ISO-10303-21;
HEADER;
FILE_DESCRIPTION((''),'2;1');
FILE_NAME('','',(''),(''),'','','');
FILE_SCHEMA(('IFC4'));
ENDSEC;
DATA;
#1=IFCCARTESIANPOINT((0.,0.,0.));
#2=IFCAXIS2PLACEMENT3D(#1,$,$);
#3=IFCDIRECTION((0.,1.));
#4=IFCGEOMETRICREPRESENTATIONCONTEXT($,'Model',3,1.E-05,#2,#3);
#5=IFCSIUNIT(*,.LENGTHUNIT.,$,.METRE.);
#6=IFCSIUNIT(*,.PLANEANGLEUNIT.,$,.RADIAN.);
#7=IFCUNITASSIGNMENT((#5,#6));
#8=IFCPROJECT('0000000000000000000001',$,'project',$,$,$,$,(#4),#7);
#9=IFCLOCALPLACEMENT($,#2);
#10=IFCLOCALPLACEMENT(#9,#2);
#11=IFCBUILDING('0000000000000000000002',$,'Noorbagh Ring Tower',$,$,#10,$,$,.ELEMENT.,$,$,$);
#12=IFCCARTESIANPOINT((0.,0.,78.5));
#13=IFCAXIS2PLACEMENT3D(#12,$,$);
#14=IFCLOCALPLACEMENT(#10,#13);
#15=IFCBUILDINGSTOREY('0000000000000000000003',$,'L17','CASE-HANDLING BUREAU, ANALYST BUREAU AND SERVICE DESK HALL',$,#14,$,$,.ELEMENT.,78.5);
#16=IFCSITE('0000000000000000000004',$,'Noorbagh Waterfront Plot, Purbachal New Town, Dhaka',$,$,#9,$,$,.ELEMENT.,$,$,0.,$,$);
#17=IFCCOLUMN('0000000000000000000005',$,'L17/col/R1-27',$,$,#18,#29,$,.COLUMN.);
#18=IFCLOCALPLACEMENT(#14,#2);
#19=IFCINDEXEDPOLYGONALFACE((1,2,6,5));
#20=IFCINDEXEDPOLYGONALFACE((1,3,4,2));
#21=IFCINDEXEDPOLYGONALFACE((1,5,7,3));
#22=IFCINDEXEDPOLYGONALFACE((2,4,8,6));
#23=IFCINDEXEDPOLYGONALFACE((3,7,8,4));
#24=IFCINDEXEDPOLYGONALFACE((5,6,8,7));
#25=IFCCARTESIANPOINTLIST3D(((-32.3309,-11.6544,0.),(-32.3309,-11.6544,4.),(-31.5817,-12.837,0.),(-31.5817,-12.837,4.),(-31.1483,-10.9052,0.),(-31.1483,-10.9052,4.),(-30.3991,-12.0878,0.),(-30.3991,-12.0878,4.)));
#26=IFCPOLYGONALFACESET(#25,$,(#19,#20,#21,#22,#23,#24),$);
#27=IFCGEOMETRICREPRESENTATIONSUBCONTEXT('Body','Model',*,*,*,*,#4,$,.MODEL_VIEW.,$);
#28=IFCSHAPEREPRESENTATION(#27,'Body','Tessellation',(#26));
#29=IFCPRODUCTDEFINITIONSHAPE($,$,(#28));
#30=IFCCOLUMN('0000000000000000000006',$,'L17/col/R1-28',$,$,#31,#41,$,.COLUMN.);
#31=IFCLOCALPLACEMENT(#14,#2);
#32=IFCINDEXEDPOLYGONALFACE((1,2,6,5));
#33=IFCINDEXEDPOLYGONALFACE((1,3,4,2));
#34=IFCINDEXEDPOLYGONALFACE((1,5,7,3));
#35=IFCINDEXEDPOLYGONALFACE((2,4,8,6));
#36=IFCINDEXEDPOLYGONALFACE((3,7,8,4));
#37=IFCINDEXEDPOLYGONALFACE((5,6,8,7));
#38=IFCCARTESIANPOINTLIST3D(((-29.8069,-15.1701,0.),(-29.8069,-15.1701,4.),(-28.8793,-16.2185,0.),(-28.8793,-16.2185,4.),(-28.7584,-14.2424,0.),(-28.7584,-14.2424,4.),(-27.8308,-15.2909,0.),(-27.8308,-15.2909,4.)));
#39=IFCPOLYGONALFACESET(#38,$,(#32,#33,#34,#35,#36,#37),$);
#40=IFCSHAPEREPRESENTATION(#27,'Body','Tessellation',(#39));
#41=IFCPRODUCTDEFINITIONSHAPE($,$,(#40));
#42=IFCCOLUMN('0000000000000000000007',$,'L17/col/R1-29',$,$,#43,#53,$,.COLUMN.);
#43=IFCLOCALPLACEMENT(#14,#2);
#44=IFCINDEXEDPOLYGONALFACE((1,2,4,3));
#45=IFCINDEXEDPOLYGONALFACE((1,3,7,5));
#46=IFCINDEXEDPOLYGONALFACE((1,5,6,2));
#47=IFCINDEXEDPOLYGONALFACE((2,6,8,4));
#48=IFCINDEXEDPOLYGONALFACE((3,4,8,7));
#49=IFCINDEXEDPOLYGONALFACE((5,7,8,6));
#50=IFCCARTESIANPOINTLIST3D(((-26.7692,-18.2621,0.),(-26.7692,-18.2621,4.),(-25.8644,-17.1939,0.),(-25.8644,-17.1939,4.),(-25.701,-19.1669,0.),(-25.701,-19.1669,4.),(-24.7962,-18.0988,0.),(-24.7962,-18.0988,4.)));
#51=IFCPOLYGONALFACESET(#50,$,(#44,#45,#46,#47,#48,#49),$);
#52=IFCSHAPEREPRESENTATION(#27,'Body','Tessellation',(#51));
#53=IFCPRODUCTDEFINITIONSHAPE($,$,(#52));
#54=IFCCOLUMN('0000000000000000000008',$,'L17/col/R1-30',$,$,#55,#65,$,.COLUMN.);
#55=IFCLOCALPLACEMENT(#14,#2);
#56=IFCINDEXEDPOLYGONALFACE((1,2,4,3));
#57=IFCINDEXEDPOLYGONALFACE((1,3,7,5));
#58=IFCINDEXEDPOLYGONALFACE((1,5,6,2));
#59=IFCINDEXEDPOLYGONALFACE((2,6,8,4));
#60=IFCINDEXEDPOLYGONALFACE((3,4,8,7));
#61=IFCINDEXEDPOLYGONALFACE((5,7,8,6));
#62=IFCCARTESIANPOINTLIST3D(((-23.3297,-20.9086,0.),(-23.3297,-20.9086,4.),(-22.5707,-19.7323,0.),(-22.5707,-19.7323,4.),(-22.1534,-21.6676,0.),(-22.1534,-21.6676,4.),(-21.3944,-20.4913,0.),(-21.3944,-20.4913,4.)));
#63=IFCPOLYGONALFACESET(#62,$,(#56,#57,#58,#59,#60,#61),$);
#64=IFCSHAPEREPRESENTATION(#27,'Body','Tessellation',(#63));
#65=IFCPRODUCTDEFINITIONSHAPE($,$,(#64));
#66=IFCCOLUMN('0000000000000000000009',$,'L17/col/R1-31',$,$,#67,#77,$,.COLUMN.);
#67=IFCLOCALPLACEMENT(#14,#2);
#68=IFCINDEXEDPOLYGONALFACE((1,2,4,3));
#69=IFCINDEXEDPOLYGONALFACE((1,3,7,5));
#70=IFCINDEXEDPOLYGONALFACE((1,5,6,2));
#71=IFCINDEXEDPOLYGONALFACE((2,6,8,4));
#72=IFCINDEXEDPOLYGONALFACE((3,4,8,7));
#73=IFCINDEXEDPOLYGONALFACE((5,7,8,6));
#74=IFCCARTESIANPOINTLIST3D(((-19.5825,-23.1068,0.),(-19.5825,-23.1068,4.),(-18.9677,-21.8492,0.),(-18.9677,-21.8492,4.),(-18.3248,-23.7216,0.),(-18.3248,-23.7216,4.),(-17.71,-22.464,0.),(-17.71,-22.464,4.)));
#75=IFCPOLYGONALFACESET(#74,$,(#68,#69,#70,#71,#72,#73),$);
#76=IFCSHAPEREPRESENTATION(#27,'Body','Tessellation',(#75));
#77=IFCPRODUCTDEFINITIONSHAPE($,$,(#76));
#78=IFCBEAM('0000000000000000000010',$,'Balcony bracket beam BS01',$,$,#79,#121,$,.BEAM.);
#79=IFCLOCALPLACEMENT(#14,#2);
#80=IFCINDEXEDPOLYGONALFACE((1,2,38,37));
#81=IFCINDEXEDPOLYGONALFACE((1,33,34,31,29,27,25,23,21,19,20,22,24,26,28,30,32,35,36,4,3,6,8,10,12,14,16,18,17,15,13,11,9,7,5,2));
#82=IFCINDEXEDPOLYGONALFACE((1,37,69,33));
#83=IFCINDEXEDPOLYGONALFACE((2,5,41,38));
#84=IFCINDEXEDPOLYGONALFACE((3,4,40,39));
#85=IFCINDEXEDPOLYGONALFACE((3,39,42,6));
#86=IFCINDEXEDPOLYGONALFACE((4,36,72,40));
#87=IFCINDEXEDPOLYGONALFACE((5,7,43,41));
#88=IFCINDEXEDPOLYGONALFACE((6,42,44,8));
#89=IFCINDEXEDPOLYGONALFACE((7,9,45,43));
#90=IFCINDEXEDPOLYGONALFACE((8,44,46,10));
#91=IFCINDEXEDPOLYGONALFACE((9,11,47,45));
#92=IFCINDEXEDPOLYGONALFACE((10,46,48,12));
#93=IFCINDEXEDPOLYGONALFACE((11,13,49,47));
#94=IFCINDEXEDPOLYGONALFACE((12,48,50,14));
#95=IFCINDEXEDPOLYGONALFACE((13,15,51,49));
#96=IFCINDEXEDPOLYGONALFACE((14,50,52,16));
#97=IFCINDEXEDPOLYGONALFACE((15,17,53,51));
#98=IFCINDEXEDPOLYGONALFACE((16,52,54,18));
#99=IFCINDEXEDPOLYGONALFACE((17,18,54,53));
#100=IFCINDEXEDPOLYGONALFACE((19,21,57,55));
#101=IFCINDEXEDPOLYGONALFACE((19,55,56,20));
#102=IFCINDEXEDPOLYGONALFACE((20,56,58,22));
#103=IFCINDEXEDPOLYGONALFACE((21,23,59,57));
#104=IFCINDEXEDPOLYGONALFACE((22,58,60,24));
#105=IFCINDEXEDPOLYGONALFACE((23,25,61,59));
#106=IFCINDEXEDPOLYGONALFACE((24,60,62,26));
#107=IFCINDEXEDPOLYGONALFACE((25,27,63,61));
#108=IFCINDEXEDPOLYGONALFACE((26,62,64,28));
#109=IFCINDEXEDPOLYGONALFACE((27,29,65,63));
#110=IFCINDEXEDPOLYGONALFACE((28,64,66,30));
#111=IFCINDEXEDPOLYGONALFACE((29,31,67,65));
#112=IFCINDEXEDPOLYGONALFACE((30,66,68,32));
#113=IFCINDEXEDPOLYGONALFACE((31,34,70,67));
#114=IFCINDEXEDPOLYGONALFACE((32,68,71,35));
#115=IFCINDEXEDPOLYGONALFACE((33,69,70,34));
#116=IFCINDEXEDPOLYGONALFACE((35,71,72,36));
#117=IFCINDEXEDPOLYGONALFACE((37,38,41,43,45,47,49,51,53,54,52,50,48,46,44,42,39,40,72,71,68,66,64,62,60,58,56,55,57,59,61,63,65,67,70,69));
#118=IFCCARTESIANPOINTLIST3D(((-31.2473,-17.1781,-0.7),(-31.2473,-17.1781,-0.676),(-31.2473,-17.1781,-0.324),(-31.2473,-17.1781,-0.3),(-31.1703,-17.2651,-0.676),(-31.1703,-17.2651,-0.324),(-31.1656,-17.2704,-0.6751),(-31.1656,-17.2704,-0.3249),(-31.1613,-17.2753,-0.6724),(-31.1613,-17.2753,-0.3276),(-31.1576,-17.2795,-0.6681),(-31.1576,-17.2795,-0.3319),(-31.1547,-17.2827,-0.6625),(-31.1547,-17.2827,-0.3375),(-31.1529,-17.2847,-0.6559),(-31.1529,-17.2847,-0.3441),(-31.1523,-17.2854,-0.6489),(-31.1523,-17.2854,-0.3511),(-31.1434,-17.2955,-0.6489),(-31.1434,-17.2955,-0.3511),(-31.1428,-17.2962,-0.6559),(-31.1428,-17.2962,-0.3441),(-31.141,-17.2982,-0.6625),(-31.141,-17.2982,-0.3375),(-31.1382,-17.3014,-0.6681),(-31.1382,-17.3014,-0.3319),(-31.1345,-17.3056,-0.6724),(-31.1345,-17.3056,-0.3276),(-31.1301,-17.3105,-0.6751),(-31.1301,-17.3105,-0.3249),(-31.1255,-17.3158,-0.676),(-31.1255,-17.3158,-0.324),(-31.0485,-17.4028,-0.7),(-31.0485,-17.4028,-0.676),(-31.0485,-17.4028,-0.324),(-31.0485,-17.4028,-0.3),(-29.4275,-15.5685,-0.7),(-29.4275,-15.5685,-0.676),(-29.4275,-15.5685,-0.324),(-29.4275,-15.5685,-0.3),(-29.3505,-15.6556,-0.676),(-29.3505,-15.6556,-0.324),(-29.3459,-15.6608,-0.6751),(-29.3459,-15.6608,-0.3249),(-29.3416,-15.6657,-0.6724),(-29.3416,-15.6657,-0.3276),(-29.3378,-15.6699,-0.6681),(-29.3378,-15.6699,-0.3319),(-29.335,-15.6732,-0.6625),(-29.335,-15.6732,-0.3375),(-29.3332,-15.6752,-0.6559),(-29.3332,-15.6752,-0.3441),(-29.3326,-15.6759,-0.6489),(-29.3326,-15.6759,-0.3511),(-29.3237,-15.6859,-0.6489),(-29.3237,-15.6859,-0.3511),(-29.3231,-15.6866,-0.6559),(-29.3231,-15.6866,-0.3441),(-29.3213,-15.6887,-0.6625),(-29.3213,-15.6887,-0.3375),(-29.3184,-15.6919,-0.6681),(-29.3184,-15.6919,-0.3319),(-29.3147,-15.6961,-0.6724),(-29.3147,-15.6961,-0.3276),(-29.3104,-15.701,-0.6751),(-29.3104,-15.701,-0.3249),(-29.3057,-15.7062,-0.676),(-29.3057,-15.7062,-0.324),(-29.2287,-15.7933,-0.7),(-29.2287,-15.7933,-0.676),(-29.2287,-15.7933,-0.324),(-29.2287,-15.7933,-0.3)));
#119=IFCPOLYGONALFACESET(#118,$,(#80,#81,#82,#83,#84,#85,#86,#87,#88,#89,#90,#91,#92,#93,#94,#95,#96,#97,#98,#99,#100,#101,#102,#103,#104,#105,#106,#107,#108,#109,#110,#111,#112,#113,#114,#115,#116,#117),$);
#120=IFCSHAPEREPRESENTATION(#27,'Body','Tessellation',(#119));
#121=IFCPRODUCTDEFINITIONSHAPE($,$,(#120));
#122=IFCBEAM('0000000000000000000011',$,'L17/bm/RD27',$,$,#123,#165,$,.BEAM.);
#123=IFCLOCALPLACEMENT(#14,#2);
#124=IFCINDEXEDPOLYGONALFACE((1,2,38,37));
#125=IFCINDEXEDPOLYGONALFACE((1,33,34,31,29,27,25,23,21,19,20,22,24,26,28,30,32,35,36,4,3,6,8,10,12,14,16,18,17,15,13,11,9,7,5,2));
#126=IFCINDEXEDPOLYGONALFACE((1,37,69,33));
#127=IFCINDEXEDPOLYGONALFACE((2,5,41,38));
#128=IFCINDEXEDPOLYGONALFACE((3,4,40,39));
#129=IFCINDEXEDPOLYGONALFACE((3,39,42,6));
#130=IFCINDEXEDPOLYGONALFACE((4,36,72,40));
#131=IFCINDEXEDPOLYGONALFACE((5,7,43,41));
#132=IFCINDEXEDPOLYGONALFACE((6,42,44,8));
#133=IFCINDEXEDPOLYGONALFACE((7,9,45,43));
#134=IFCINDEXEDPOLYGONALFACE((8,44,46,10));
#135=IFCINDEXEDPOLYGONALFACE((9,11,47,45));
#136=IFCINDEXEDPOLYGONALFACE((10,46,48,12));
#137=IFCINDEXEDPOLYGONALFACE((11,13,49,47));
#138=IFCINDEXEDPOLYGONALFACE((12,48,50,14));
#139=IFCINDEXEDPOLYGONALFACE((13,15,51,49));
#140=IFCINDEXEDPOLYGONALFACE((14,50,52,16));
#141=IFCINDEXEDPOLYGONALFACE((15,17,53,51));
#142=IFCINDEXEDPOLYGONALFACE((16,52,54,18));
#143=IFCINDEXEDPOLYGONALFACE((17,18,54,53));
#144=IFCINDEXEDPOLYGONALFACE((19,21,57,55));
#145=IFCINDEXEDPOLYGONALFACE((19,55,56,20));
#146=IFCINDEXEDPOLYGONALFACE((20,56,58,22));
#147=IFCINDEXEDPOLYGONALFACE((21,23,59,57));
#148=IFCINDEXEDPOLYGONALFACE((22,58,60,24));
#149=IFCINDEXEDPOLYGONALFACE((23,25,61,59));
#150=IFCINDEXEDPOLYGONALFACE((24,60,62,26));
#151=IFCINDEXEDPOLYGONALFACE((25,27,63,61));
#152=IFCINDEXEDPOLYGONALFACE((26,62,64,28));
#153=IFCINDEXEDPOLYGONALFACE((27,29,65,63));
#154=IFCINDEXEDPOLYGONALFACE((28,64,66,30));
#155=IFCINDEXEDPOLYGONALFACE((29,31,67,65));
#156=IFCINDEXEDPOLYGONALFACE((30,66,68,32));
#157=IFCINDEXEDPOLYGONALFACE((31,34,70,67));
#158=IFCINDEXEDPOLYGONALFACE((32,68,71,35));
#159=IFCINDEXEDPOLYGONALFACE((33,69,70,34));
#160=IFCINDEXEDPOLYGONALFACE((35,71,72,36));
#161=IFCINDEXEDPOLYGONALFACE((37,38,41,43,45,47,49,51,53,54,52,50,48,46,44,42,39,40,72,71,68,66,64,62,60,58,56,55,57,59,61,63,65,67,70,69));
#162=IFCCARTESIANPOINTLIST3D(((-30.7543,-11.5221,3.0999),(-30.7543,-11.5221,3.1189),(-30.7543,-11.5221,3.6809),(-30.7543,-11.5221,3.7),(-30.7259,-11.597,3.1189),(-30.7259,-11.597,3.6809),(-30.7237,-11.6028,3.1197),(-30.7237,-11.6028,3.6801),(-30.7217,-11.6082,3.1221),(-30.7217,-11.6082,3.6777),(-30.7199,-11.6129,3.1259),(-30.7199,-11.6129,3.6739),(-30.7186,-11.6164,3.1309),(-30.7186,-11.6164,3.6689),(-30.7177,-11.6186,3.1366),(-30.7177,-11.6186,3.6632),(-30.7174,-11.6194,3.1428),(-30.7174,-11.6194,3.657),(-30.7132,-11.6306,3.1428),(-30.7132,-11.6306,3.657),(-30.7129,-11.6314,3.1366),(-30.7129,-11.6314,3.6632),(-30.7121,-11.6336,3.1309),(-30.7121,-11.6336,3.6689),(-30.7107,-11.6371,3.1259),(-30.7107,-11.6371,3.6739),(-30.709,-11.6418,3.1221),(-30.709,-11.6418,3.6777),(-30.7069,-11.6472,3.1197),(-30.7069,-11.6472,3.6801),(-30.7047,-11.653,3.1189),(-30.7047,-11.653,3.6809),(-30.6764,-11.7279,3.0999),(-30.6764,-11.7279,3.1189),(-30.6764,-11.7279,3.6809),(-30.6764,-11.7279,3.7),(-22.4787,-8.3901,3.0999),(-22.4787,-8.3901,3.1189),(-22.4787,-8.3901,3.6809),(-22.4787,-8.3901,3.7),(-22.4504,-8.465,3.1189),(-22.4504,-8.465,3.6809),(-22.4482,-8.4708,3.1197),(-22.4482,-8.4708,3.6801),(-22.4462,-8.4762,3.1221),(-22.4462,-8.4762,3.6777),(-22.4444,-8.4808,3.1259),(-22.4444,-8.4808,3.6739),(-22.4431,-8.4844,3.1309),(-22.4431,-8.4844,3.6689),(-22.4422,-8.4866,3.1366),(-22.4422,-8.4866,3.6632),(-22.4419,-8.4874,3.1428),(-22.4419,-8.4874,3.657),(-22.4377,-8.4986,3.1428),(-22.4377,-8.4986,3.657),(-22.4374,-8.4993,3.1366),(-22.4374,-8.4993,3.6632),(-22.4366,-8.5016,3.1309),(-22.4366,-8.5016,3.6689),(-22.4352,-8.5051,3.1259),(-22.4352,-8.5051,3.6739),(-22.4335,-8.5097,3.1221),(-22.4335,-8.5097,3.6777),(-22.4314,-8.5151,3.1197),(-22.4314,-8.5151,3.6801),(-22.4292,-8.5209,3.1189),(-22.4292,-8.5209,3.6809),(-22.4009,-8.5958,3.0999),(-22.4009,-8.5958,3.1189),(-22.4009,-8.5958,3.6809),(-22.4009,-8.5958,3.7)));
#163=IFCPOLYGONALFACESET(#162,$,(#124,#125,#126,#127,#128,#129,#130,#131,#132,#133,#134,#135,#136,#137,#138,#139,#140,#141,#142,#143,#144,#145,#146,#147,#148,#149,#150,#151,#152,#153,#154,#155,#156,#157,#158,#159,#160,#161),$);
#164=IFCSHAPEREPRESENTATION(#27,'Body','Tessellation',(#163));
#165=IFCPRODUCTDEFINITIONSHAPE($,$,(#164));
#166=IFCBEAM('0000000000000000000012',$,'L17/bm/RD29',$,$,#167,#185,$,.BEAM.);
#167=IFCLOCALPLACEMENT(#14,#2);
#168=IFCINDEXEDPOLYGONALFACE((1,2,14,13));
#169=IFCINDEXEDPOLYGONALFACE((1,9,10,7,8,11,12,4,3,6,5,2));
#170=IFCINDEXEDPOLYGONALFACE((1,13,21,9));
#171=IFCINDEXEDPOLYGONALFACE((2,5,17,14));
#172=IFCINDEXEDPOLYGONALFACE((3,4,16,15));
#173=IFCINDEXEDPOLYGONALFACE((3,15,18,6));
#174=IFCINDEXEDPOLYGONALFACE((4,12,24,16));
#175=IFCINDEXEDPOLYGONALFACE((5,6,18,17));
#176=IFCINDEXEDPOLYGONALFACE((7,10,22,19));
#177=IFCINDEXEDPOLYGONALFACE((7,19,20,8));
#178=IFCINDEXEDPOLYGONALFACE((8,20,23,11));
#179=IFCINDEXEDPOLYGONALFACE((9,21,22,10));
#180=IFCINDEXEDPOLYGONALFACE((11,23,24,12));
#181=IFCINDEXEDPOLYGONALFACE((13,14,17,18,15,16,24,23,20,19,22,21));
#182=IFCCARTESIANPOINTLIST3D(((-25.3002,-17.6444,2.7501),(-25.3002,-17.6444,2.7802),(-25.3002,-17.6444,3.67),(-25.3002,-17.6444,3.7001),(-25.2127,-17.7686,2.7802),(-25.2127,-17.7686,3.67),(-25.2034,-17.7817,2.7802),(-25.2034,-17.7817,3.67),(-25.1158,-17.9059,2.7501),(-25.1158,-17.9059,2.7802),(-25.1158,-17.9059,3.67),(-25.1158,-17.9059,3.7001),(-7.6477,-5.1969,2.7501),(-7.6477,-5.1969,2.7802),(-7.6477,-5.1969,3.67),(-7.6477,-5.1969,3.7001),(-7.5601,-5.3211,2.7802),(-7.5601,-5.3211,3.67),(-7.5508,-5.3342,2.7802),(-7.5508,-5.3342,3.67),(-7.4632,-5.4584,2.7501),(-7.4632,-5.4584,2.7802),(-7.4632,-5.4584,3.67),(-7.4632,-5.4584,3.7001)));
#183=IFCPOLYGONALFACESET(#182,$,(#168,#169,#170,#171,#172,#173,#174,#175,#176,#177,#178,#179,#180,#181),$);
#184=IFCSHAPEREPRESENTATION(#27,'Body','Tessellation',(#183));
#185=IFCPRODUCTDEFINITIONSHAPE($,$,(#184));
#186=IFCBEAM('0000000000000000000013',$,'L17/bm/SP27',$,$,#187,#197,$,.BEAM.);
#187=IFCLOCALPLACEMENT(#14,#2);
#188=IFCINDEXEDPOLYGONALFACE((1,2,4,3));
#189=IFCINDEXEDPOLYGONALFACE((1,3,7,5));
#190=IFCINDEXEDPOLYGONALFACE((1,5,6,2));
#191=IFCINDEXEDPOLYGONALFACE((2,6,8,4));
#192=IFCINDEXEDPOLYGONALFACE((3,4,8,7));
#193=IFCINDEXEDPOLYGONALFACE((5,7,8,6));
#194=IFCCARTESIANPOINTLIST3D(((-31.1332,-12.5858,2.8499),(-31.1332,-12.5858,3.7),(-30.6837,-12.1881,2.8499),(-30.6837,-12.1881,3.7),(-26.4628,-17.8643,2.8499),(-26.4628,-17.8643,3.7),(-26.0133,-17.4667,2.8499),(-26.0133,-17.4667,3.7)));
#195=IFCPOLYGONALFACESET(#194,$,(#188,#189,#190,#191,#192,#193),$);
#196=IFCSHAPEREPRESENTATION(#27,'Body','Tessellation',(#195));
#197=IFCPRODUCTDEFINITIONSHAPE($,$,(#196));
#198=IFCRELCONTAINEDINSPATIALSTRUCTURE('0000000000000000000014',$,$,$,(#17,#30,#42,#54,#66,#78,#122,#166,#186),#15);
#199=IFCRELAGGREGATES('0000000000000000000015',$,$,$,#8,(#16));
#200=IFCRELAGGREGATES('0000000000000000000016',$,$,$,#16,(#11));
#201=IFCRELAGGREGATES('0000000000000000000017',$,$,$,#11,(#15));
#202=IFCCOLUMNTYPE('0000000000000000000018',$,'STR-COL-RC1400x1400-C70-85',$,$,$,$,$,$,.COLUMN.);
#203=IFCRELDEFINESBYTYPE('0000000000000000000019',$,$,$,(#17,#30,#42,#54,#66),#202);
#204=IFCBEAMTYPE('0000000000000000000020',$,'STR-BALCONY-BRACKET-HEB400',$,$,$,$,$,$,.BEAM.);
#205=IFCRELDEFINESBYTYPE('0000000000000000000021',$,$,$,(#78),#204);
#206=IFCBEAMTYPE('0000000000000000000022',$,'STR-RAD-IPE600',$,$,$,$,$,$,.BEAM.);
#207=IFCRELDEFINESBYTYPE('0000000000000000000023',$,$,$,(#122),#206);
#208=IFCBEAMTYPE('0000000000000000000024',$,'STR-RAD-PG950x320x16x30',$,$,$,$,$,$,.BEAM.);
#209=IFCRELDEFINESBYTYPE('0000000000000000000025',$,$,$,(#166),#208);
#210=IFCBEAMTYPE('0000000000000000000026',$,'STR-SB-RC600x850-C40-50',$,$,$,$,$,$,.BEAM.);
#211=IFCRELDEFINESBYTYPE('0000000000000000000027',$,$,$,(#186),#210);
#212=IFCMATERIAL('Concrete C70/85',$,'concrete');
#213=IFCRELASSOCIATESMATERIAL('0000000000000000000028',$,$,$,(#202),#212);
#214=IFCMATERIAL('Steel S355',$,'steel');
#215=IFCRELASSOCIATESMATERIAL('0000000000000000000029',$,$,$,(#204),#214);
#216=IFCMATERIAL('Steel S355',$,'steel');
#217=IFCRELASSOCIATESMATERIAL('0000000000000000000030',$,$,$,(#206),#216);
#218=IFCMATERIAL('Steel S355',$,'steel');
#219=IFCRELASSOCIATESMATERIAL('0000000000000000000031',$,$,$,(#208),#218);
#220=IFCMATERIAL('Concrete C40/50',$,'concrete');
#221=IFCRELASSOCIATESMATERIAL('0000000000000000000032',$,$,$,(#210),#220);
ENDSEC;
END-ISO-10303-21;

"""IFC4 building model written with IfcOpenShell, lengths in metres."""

from ifc_helpers import new_model, si_unit, direction, frame, origin, origin_2d, place, context, subcontext, project, spatial, rectangle, i_section, extrude, material, material_profile, profile_set, type_object, element, save


model = new_model("IFC4")

# Units and contexts
model_context = context("Model", 3, precision=1e-05, world=origin(), true_north=direction((0.0, 1.0)))
body_context = subcontext(model_context, "Body", "Model", "MODEL_VIEW")
ifc_project = project(units=[si_unit("LENGTHUNIT", "METRE"), si_unit("PLANEANGLEUNIT", "RADIAN")], contexts=[model_context])

# Site, building, storey
site_placement = place(None, origin())
site = spatial("IfcSite", under=ifc_project, at=site_placement, Name="Noorbagh Waterfront Plot, Purbachal New Town, Dhaka", CompositionType="ELEMENT", RefElevation=0.0)
building_placement = place(site_placement, origin())
building = spatial("IfcBuilding", under=site, at=building_placement, Name="Noorbagh Ring Tower", CompositionType="ELEMENT")
storey_placement = place(building_placement, frame((0.0, 0.0, 78.5)))
storey = spatial("IfcBuildingStorey", under=building, at=storey_placement, Name="L17", Description="CASE-HANDLING BUREAU, ANALYST BUREAU AND SERVICE DESK HALL", CompositionType="ELEMENT", Elevation=78.5)

# Columns
ifc_material_1 = material(Name="Concrete C70/85", Category="concrete")
ifc_material_profile_1 = material_profile(ifc_material_1, rectangle(XDim=1.3999, YDim=1.3999, at=origin_2d()), Name="RC1400x1400")
ifc_profile_set_1 = profile_set([ifc_material_profile_1], Name="Concrete C70/85")
column_type = type_object("IfcColumnType", Name="STR-COL-RC1400x1400-C70-85", PredefinedType="COLUMN", material=ifc_profile_set_1)
for number, where, z_axis, x_axis, name in (
    (1, (-31.365, -11.8711, 0.0), (0.0, 0.0, 1.0), (0.53519, -0.844731, 0.0), "L17/col/R1-27"),
    (2, (-28.8188, -15.2305, 0.0), (0.0, 0.0, 1.0), (0.662636, -0.748942, 0.0), "L17/col/R1-28"),
    (3, (-25.7827, -18.1804, 0.0), (0.0, 0.0, 1.0), (0.763035, -0.646357, 0.0), "L17/col/R1-29"),
    (4, (-22.3621, -20.7, 0.0), (0.0, 0.0, 1.0), (0.840248, -0.542203, 0.0), "L17/col/R1-30"),
    (5, (-18.6462, -22.7854, 0.0), (0.0, 0.0, 1.0), (0.898399, -0.43918, 0.0), "L17/col/R1-31"),
):
    element("IfcColumn", number, at=place(storey_placement, frame(where, z_axis=z_axis, x_axis=x_axis)), inside=storey, type_object=column_type, Name=name, PredefinedType="COLUMN", context=body_context, shape_type="SweptSolid", body=[
        extrude(rectangle(XDim=1.3999, YDim=1.3999, at=origin_2d()), origin(), (0.0, 0.0, 1.0), 4.0),
    ])

# Beams
ifc_material_2 = material(Name="Steel S355", Category="steel")
ifc_material_profile_2 = material_profile(ifc_material_2, i_section(OverallWidth=0.3, OverallDepth=0.3999, WebThickness=0.0134, FlangeThickness=0.0239, FilletRadius=0.0271, at=origin_2d()), Name="HEB400")
ifc_profile_set_2 = profile_set([ifc_material_profile_2], Name="Steel S355")
beam_type_1 = type_object("IfcBeamType", Name="STR-BALCONY-BRACKET-HEB400", PredefinedType="BEAM", material=ifc_profile_set_2)
beam_1_placement = place(storey_placement, frame((-29.3281, -15.6809, -0.5), z_axis=(-0.749043, -0.662522, 0.0), x_axis=(0.662522, -0.749043, 0.0)))
element("IfcBeam", 6, at=beam_1_placement, inside=storey, type_object=beam_type_1, Name="Balcony bracket beam BS01", PredefinedType="BEAM", context=body_context, shape_type="SweptSolid", body=[
    extrude(i_section(OverallWidth=0.3, OverallDepth=0.3999, WebThickness=0.0134, FlangeThickness=0.0239, FilletRadius=0.0271, at=origin_2d()), origin(), (0.0, 0.0, 1.0), 2.4294),
])
ifc_material_3 = material(Name="Steel S355", Category="steel")
ifc_material_profile_3 = material_profile(ifc_material_3, i_section(OverallWidth=0.22, OverallDepth=0.6001, WebThickness=0.012, FlangeThickness=0.019, FilletRadius=0.0239, at=origin_2d()), Name="IPE600")
ifc_profile_set_3 = profile_set([ifc_material_profile_3], Name="Steel S355")
beam_type_2 = type_object("IfcBeamType", Name="STR-RAD-IPE600", PredefinedType="BEAM", material=ifc_profile_set_3)
beam_2_placement = place(storey_placement, frame((-30.7153, -11.625, 3.3999), z_axis=(0.935258, 0.353967, 0.0), x_axis=(-0.353967, 0.935258, 0.0)))
element("IfcBeam", 7, at=beam_2_placement, inside=storey, type_object=beam_type_2, Name="L17/bm/RD27", PredefinedType="BEAM", context=body_context, shape_type="SweptSolid", body=[
    extrude(i_section(OverallWidth=0.22, OverallDepth=0.6001, WebThickness=0.012, FlangeThickness=0.019, FilletRadius=0.0239, at=origin_2d()), origin(), (0.0, 0.0, 1.0), 8.8484),
])
ifc_material_4 = material(Name="Steel S355", Category="steel")
ifc_material_profile_4 = material_profile(ifc_material_4, i_section(OverallWidth=0.3201, OverallDepth=0.95, WebThickness=0.0161, FlangeThickness=0.03, at=origin_2d()), Name="PG950x320x16x30")
ifc_profile_set_4 = profile_set([ifc_material_profile_4], Name="Steel S355")
beam_type_3 = type_object("IfcBeamType", Name="STR-RAD-PG950x320x16x30", PredefinedType="BEAM", material=ifc_profile_set_4)
beam_3_placement = place(storey_placement, frame((-25.208, -17.7751, 3.2251), z_axis=(0.817254, 0.576277, 0.0), x_axis=(-0.576277, 0.817254, 0.0)))
element("IfcBeam", 8, at=beam_3_placement, inside=storey, type_object=beam_type_3, Name="L17/bm/RD29", PredefinedType="BEAM", context=body_context, shape_type="SweptSolid", body=[
    extrude(i_section(OverallWidth=0.3201, OverallDepth=0.95, WebThickness=0.0161, FlangeThickness=0.03, at=origin_2d()), origin(), (0.0, 0.0, 1.0), 21.5999),
])
ifc_material_5 = material(Name="Concrete C40/50", Category="concrete")
ifc_material_profile_5 = material_profile(ifc_material_5, rectangle(XDim=0.6001, YDim=0.8501, at=origin_2d()), Name="RC600x850")
ifc_profile_set_5 = profile_set([ifc_material_profile_5], Name="Concrete C40/50")
beam_type_4 = type_object("IfcBeamType", Name="STR-SB-RC600x850-C40-50", PredefinedType="BEAM", material=ifc_profile_set_5)
beam_4_placement = place(storey_placement, frame((-30.9084, -12.387, 3.2749), z_axis=(0.662646, -0.748932, 0.0), x_axis=(0.748932, 0.662646, 0.0)))
element("IfcBeam", 9, at=beam_4_placement, inside=storey, type_object=beam_type_4, Name="L17/bm/SP27", PredefinedType="BEAM", context=body_context, shape_type="SweptSolid", body=[
    extrude(rectangle(XDim=0.6001, YDim=0.8501, at=origin_2d()), origin(), (0.0, 0.0, 1.0), 7.0481),
])

save(model, "model.ifc")
